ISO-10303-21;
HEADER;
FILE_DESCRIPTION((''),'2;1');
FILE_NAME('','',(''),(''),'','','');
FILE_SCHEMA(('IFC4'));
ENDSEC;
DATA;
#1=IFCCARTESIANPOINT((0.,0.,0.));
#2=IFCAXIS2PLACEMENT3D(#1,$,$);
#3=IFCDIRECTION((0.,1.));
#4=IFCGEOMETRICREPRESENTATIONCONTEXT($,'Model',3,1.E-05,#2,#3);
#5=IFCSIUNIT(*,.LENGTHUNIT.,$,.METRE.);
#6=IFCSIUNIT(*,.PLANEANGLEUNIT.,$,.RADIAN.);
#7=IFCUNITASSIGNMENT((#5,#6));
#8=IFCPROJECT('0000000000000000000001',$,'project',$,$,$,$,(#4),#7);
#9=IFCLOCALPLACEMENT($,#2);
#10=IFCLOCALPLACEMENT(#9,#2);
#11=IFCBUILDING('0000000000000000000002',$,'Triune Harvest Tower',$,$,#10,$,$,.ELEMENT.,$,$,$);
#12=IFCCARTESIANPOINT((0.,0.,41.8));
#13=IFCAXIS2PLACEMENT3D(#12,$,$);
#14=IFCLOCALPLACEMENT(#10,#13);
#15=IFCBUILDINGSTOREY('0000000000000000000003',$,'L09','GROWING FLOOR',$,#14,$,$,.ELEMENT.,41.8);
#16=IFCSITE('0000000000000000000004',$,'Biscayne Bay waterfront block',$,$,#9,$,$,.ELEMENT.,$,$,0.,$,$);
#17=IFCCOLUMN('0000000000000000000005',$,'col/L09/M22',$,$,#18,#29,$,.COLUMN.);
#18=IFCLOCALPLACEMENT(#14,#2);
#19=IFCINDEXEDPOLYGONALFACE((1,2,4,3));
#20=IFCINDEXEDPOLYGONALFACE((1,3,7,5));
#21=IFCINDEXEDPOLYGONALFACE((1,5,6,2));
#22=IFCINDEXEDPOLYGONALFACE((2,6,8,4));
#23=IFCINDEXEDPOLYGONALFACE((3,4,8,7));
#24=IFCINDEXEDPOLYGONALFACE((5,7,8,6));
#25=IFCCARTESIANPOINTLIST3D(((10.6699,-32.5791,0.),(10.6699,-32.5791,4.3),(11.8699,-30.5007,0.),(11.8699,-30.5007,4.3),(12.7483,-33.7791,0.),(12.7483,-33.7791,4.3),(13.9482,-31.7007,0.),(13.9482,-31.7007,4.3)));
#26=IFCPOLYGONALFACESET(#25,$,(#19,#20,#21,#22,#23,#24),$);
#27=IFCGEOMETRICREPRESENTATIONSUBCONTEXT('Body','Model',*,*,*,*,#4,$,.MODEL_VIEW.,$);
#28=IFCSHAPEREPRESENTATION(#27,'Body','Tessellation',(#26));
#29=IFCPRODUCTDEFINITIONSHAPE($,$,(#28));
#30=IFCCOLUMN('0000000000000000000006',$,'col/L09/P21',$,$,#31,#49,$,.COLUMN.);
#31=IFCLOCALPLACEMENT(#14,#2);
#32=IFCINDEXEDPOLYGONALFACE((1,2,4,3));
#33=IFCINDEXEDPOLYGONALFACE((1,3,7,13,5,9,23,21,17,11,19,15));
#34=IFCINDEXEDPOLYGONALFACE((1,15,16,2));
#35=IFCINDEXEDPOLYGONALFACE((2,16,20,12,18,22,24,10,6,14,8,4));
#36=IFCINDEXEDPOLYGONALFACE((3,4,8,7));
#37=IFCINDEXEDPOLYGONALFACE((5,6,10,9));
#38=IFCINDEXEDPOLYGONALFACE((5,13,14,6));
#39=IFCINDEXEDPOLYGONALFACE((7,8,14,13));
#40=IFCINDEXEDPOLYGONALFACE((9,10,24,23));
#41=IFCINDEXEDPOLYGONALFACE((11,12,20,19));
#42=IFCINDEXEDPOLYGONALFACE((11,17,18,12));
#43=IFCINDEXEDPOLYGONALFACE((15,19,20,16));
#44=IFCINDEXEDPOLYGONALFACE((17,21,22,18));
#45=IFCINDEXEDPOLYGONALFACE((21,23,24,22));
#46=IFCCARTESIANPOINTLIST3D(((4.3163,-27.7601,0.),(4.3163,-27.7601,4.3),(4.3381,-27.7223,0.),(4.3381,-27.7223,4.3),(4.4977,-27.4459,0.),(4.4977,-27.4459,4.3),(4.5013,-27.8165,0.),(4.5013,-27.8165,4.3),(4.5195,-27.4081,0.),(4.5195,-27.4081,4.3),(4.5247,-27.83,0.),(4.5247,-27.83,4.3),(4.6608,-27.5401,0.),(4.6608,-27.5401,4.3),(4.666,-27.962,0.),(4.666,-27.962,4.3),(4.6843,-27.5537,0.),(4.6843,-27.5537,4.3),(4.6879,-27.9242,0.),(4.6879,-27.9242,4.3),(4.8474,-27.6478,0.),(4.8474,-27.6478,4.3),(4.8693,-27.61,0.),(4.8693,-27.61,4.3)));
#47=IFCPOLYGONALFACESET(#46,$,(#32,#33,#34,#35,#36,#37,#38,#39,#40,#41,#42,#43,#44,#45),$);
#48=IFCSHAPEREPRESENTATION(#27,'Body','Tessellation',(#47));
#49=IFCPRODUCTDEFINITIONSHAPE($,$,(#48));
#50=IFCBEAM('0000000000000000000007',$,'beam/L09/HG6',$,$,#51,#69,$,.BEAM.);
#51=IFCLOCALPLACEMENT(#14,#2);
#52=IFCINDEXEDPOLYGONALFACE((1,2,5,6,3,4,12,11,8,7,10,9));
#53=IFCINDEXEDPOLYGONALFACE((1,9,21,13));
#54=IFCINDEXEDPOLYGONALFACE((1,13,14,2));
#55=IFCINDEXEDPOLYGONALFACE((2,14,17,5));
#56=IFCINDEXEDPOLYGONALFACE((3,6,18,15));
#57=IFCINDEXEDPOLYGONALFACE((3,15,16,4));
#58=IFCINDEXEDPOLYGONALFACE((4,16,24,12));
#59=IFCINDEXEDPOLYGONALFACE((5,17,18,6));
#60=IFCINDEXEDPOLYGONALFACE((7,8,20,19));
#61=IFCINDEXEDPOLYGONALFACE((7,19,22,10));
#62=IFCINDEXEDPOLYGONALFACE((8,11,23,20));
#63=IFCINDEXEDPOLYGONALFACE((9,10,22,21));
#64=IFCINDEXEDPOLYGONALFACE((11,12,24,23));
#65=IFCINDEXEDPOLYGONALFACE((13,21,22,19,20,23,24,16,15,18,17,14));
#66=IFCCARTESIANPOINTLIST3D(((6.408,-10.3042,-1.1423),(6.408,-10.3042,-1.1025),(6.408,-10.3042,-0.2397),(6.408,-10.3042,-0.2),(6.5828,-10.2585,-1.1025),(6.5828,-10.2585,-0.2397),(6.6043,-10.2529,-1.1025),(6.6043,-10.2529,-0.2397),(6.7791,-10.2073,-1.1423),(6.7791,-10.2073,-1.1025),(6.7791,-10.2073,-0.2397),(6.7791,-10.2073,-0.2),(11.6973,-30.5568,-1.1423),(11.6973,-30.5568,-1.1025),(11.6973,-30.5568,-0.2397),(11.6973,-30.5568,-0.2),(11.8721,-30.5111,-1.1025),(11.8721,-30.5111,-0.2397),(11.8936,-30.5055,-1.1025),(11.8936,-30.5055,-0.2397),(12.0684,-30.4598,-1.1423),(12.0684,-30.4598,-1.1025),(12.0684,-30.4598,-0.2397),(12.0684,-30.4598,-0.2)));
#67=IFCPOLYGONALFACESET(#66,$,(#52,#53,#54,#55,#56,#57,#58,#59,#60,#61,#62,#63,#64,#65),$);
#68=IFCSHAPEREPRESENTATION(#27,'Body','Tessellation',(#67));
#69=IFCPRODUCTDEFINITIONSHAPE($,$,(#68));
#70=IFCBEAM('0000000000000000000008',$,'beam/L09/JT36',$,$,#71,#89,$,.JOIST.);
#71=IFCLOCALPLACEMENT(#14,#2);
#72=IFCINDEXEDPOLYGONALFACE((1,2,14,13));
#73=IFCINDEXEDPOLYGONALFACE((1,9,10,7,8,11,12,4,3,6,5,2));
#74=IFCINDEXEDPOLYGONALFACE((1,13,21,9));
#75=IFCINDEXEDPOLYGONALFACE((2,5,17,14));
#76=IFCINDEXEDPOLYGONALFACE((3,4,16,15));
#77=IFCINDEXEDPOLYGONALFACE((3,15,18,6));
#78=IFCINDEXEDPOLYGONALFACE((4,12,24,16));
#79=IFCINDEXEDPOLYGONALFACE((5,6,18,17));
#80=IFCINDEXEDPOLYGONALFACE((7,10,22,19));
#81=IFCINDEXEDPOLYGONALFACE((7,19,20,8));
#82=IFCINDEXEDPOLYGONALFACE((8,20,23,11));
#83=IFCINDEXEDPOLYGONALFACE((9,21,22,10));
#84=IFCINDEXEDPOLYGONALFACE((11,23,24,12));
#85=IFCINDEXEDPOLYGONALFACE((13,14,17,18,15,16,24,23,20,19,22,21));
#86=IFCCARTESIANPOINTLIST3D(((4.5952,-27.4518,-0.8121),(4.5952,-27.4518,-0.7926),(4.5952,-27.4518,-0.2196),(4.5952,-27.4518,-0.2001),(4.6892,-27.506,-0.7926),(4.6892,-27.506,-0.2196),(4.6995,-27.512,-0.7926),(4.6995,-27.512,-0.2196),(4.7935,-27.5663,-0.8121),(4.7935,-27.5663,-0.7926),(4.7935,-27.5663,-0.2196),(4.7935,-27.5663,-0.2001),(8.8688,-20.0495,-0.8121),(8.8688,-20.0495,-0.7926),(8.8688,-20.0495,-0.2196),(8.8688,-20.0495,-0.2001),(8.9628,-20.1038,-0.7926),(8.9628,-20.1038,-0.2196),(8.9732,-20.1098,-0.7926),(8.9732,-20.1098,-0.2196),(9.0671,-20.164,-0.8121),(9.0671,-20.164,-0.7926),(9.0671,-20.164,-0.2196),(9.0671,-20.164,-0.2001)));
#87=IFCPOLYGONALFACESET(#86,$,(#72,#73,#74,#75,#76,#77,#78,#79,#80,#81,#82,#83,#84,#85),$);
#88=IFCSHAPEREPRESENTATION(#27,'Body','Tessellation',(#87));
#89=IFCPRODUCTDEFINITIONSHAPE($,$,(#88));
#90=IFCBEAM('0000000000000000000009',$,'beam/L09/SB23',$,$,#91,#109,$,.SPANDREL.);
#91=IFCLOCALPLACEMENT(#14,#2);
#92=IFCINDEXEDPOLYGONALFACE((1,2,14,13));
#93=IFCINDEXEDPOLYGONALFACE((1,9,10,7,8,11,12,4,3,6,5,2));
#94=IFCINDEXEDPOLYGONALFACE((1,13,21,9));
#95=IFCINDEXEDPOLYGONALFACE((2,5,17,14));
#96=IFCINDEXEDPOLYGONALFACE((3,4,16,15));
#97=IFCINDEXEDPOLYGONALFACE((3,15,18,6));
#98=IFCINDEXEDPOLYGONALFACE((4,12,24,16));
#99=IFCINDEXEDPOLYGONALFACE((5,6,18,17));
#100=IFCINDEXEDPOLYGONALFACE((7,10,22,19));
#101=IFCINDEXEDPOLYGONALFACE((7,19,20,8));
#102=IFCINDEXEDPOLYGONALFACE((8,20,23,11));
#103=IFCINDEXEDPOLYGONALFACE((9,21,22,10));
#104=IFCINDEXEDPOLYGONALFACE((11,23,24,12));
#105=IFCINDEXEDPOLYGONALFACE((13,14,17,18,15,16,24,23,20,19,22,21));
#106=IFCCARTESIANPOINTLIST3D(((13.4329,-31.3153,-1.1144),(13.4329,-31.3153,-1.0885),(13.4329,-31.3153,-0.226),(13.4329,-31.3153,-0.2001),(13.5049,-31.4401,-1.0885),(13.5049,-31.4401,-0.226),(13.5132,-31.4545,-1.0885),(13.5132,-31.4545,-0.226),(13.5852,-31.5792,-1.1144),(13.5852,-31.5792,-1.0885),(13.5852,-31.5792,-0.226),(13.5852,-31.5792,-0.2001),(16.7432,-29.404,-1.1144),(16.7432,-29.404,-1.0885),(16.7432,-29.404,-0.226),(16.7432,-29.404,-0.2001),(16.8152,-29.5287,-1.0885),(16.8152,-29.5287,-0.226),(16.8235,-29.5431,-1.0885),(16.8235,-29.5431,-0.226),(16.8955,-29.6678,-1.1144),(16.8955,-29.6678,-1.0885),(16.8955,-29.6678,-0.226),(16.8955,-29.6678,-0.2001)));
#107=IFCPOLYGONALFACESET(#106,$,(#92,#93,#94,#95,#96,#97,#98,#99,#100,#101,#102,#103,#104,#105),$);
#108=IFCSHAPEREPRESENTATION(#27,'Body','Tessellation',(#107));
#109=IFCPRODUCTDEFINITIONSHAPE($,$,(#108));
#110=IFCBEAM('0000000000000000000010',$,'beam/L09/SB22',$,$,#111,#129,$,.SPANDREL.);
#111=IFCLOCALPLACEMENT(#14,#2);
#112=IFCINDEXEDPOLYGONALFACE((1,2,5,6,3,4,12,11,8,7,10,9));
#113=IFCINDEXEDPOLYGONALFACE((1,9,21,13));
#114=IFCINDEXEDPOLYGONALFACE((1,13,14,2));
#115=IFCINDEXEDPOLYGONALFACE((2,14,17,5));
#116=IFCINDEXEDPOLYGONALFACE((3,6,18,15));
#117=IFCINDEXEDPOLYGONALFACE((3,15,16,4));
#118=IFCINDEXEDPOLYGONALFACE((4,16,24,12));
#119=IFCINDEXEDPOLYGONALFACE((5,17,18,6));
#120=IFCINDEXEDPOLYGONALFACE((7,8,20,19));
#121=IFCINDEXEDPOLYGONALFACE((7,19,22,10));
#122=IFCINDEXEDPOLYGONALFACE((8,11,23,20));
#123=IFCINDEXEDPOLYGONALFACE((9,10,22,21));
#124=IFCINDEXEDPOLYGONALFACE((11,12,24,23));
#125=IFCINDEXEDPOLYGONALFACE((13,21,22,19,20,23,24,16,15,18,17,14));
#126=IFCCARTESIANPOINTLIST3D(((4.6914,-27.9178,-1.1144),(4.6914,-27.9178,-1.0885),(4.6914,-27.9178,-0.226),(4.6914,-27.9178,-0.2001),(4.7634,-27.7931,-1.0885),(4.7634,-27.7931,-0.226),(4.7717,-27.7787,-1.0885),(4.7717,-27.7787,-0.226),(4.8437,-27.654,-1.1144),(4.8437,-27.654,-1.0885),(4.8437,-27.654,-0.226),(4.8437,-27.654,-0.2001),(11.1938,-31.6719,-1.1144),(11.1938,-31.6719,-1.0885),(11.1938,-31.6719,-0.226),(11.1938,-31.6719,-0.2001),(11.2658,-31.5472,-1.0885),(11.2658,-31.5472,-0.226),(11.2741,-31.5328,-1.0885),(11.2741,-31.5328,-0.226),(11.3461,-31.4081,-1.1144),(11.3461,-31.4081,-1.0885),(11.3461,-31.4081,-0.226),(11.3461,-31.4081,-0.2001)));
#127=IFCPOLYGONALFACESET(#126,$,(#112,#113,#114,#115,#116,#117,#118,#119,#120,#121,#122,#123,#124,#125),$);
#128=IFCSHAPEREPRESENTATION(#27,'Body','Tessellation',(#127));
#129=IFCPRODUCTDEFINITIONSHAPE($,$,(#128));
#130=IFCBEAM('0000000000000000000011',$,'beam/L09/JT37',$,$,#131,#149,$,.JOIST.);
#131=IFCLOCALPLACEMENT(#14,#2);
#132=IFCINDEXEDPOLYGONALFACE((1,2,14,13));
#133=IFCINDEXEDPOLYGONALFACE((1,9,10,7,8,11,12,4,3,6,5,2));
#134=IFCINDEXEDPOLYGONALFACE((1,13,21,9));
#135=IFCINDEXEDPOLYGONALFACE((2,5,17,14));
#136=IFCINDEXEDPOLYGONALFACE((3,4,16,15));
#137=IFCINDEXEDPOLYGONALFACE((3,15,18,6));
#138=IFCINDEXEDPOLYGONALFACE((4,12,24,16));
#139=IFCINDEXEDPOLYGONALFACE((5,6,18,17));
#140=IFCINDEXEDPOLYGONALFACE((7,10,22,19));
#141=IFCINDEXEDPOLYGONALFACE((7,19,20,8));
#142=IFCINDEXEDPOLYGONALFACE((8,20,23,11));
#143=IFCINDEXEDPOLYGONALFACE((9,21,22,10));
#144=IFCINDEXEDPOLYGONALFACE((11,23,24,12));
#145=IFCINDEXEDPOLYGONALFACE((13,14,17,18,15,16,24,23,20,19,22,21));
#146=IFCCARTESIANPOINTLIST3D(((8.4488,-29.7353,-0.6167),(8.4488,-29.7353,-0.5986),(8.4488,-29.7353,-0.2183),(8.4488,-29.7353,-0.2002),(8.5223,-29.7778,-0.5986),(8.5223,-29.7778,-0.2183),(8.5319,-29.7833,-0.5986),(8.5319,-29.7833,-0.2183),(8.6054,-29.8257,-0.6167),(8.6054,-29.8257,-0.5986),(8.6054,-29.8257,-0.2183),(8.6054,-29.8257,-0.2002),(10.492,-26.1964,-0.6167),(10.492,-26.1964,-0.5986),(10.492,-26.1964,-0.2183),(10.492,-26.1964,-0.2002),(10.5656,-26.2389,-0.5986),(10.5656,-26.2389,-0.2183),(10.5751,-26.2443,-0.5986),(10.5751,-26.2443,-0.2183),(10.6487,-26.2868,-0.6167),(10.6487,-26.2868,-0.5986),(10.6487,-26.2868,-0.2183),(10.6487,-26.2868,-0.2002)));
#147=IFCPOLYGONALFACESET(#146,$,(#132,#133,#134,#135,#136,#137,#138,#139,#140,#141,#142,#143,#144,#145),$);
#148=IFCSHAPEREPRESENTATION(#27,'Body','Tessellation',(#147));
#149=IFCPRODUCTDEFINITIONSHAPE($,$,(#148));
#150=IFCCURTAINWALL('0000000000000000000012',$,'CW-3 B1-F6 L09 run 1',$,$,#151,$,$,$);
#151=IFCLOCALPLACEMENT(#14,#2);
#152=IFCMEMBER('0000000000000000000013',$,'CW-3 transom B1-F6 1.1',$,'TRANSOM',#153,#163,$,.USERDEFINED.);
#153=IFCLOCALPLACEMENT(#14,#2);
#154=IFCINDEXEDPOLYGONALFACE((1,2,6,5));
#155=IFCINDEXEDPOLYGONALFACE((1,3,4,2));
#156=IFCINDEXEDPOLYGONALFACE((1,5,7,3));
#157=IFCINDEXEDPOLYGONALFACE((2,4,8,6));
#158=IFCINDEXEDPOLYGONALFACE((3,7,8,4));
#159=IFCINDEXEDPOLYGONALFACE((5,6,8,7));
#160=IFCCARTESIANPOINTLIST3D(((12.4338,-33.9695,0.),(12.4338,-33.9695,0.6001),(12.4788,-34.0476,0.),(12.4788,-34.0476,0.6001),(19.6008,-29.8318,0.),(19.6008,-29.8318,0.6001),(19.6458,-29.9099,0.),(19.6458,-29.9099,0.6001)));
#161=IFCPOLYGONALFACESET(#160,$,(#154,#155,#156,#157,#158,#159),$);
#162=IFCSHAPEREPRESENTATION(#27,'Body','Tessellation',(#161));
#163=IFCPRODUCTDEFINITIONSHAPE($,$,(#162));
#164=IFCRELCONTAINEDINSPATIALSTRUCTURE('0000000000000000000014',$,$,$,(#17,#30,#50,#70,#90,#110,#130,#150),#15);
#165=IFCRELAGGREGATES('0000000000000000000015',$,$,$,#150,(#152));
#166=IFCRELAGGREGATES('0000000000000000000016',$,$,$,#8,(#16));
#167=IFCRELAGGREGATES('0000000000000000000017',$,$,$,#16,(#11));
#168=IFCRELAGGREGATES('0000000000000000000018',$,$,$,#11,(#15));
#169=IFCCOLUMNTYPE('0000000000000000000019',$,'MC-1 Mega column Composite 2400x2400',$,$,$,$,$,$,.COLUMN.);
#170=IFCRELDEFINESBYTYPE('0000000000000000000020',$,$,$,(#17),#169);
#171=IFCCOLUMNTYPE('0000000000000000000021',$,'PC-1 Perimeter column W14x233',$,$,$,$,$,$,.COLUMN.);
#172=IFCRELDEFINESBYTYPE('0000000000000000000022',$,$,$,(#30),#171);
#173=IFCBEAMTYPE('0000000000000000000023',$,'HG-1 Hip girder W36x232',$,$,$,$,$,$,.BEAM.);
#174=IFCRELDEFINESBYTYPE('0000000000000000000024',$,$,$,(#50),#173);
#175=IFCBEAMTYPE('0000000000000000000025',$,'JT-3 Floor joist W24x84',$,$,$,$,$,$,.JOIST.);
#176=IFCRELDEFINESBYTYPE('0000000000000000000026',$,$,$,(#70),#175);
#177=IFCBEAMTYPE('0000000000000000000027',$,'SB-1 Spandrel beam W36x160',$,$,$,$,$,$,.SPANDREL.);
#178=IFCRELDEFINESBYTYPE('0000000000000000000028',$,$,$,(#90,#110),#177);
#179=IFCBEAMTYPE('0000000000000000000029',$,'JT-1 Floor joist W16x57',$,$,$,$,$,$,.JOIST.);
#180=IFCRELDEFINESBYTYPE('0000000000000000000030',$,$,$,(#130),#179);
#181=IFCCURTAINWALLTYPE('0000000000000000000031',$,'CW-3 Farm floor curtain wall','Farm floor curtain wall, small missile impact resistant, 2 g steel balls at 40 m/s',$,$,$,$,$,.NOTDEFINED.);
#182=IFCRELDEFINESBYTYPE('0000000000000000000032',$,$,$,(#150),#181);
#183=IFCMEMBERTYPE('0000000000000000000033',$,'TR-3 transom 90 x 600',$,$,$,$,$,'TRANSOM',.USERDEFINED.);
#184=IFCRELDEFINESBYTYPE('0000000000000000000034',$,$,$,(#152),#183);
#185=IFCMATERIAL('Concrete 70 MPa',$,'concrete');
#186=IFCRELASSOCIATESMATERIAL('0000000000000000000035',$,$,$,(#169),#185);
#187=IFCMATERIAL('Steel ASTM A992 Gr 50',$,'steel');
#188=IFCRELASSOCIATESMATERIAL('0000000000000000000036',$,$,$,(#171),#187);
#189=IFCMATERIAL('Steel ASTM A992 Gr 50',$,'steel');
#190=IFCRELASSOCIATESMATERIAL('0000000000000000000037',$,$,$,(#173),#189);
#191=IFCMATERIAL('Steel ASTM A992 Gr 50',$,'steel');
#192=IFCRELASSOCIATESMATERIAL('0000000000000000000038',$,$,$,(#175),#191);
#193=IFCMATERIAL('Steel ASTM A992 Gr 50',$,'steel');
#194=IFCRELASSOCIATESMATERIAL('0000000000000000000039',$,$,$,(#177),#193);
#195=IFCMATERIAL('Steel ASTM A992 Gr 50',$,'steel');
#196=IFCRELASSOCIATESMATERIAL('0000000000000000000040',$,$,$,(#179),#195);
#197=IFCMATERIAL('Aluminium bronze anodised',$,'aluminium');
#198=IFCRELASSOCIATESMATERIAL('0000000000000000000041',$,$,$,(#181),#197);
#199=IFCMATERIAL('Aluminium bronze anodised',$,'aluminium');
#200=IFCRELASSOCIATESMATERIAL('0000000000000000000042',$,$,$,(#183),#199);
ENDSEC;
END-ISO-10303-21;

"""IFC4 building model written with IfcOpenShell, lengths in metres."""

from ifc_helpers import new_model, si_unit, direction, frame, origin, origin_2d, place, context, subcontext, project, spatial, rectangle, i_section, extrude, source, transform, mapped, material, material_profile, profile_set, type_object, element, aggregate, save


model = new_model("IFC4")

# Units and contexts
model_context = context("Model", 3, precision=1e-05, world=origin(), true_north=direction((0.0, 1.0)))
body_context = subcontext(model_context, "Body", "Model", "MODEL_VIEW")
ifc_project = project(units=[si_unit("LENGTHUNIT", "METRE"), si_unit("PLANEANGLEUNIT", "RADIAN")], contexts=[model_context])

# Site, building, storey
site_placement = place(None, origin())
site = spatial("IfcSite", under=ifc_project, at=site_placement, Name="Biscayne Bay waterfront block", CompositionType="ELEMENT", RefElevation=0.0)
building_placement = place(site_placement, origin())
building = spatial("IfcBuilding", under=site, at=building_placement, Name="Triune Harvest Tower", CompositionType="ELEMENT")
storey_placement = place(building_placement, frame((0.0, 0.0, 41.8)))
storey = spatial("IfcBuildingStorey", under=building, at=storey_placement, Name="L09", Description="GROWING FLOOR", CompositionType="ELEMENT", Elevation=41.8)

# Columns
ifc_material_1 = material(Name="Concrete 70 MPa", Category="concrete")
ifc_material_profile_1 = material_profile(ifc_material_1, rectangle(XDim=2.3999, YDim=2.3999, at=origin_2d()), Name="Composite 2400x2400")
ifc_profile_set_1 = profile_set([ifc_material_profile_1], Name="Concrete 70 MPa")
column_type_1 = type_object("IfcColumnType", Name="MC-1 Mega column Composite 2400x2400", PredefinedType="COLUMN", material=ifc_profile_set_1)
shared_shape_1 = source(origin(), body_context, "Body", "SweptSolid", [
    extrude(rectangle(XDim=2.3999, YDim=2.3999, at=origin_2d()), origin(), (0.0, 0.0, 1.0), 4.3),
])
column_1_placement = place(storey_placement, frame((12.3091, -32.1399, 0.0), z_axis=(0.0, 0.0, 1.0), x_axis=(0.866025, -0.5, 0.0)))
element("IfcColumn", 1, at=column_1_placement, inside=storey, type_object=column_type_1, Name="col/L09/M22", PredefinedType="COLUMN", context=body_context, shape_type="MappedRepresentation", body=[
    mapped(shared_shape_1, transform((0.0, 0.0, 0.0), scale=1.0)),
])
ifc_material_2 = material(Name="Steel ASTM A992 Gr 50", Category="steel")
ifc_material_profile_2 = material_profile(ifc_material_2, i_section(OverallWidth=0.4038, OverallDepth=0.4065, WebThickness=0.0271, FlangeThickness=0.0437, at=origin_2d()), Name="W14x233")
ifc_profile_set_2 = profile_set([ifc_material_profile_2], Name="Steel ASTM A992 Gr 50")
column_type_2 = type_object("IfcColumnType", Name="PC-1 Perimeter column W14x233", PredefinedType="COLUMN", material=ifc_profile_set_2)
shared_shape_2 = source(origin(), body_context, "Body", "SweptSolid", [
    extrude(i_section(OverallWidth=0.4038, OverallDepth=0.4065, WebThickness=0.0271, FlangeThickness=0.0437, at=origin_2d()), origin(), (0.0, 0.0, 1.0), 4.3),
])
column_2_placement = place(storey_placement, frame((4.5928, -27.6851, 0.0), z_axis=(0.0, 0.0, 1.0), x_axis=(0.866025, -0.5, 0.0)))
element("IfcColumn", 2, at=column_2_placement, inside=storey, type_object=column_type_2, Name="col/L09/P21", PredefinedType="COLUMN", context=body_context, shape_type="MappedRepresentation", body=[
    mapped(shared_shape_2, transform((0.0, 0.0, 0.0), scale=1.0)),
])

# Beams
ifc_material_3 = material(Name="Steel ASTM A992 Gr 50", Category="steel")
ifc_material_profile_3 = material_profile(ifc_material_3, i_section(OverallWidth=0.3835, OverallDepth=0.9424, WebThickness=0.0222, FlangeThickness=0.0398, at=origin_2d()), Name="W36x232")
ifc_profile_set_3 = profile_set([ifc_material_profile_3], Name="Steel ASTM A992 Gr 50")
beam_type_1 = type_object("IfcBeamType", Name="HG-1 Hip girder W36x232", PredefinedType="BEAM", material=ifc_profile_set_3)
shared_shape_3 = source(origin(), body_context, "Body", "SweptSolid", [
    extrude(i_section(OverallWidth=0.3835, OverallDepth=0.9424, WebThickness=0.0222, FlangeThickness=0.0398, at=origin_2d()), origin(), (0.0, 0.0, 1.0), 20.9319),
])
beam_1_placement = place(storey_placement, frame((11.8828, -30.5083, -0.6711), z_axis=(-0.25269, 0.967547, 0.0), x_axis=(-0.967547, -0.25269, 0.0)))
element("IfcBeam", 3, at=beam_1_placement, inside=storey, type_object=beam_type_1, Name="beam/L09/HG6", PredefinedType="BEAM", context=body_context, shape_type="MappedRepresentation", body=[
    mapped(shared_shape_3, transform((0.0, 0.0, 0.0), scale=1.0)),
])
ifc_material_4 = material(Name="Steel ASTM A992 Gr 50", Category="steel")
ifc_material_profile_4 = material_profile(ifc_material_4, i_section(OverallWidth=0.229, OverallDepth=0.6121, WebThickness=0.012, FlangeThickness=0.0195, at=origin_2d()), Name="W24x84")
ifc_profile_set_4 = profile_set([ifc_material_profile_4], Name="Steel ASTM A992 Gr 50")
beam_type_2 = type_object("IfcBeamType", Name="JT-3 Floor joist W24x84", PredefinedType="JOIST", material=ifc_profile_set_4)
shared_shape_4 = source(origin(), body_context, "Body", "SweptSolid", [
    extrude(i_section(OverallWidth=0.229, OverallDepth=0.6121, WebThickness=0.012, FlangeThickness=0.0195, at=origin_2d()), origin(), (0.0, 0.0, 1.0), 8.5474),
])
beam_2_placement = place(storey_placement, frame((4.6943, -27.509, -0.5061), z_axis=(0.499994, 0.866029, 0.0), x_axis=(-0.866029, 0.499994, 0.0)))
element("IfcBeam", 4, at=beam_2_placement, inside=storey, type_object=beam_type_2, Name="beam/L09/JT36", PredefinedType="JOIST", context=body_context, shape_type="MappedRepresentation", body=[
    mapped(shared_shape_4, transform((0.0, 0.0, 0.0), scale=1.0)),
])
ifc_material_5 = material(Name="Steel ASTM A992 Gr 50", Category="steel")
ifc_material_profile_5 = material_profile(ifc_material_5, i_section(OverallWidth=0.3047, OverallDepth=0.9143, WebThickness=0.0166, FlangeThickness=0.0259, at=origin_2d()), Name="W36x160")
ifc_profile_set_5 = profile_set([ifc_material_profile_5], Name="Steel ASTM A992 Gr 50")
beam_type_3 = type_object("IfcBeamType", Name="SB-1 Spandrel beam W36x160", PredefinedType="SPANDREL", material=ifc_profile_set_5)
shared_shape_5 = source(origin(), body_context, "Body", "SweptSolid", [
    extrude(i_section(OverallWidth=0.3047, OverallDepth=0.9143, WebThickness=0.0166, FlangeThickness=0.0259, at=origin_2d()), origin(), (0.0, 0.0, 1.0), 3.8225),
])
beam_3_placement = place(storey_placement, frame((13.509, -31.4473, -0.6572), z_axis=(0.866006, 0.500034, 0.0), x_axis=(-0.500034, 0.866006, 0.0)))
element("IfcBeam", 5, at=beam_3_placement, inside=storey, type_object=beam_type_3, Name="beam/L09/SB23", PredefinedType="SPANDREL", context=body_context, shape_type="MappedRepresentation", body=[
    mapped(shared_shape_5, transform((0.0, 0.0, 0.0), scale=1.0)),
])
shared_shape_6 = source(origin(), body_context, "Body", "SweptSolid", [
    extrude(i_section(OverallWidth=0.3047, OverallDepth=0.9143, WebThickness=0.0166, FlangeThickness=0.0259, at=origin_2d()), origin(), (0.0, 0.0, 1.0), 7.5083),
])
beam_4_placement = place(storey_placement, frame((4.7676, -27.7859, -0.6572), z_axis=(0.866027, -0.499996, 0.0), x_axis=(0.499996, 0.866027, 0.0)))
element("IfcBeam", 6, at=beam_4_placement, inside=storey, type_object=beam_type_3, Name="beam/L09/SB22", PredefinedType="SPANDREL", context=body_context, shape_type="MappedRepresentation", body=[
    mapped(shared_shape_6, transform((0.0, 0.0, 0.0), scale=1.0)),
])
ifc_material_6 = material(Name="Steel ASTM A992 Gr 50", Category="steel")
ifc_material_profile_6 = material_profile(ifc_material_6, i_section(OverallWidth=0.1809, OverallDepth=0.4165, WebThickness=0.011, FlangeThickness=0.0181, at=origin_2d()), Name="W16x57")
ifc_profile_set_6 = profile_set([ifc_material_profile_6], Name="Steel ASTM A992 Gr 50")
beam_type_4 = type_object("IfcBeamType", Name="JT-1 Floor joist W16x57", PredefinedType="JOIST", material=ifc_profile_set_6)
shared_shape_7 = source(origin(), body_context, "Body", "SweptSolid", [
    extrude(i_section(OverallWidth=0.1809, OverallDepth=0.4165, WebThickness=0.011, FlangeThickness=0.0181, at=origin_2d()), origin(), (0.0, 0.0, 1.0), 4.0864),
])
beam_5_placement = place(storey_placement, frame((8.5271, -29.7805, -0.4084), z_axis=(0.500014, 0.866017, 0.0), x_axis=(-0.866017, 0.500014, 0.0)))
element("IfcBeam", 7, at=beam_5_placement, inside=storey, type_object=beam_type_4, Name="beam/L09/JT37", PredefinedType="JOIST", context=body_context, shape_type="MappedRepresentation", body=[
    mapped(shared_shape_7, transform((0.0, 0.0, 0.0), scale=1.0)),
])

# Curtain wall, member
ifc_material_7 = material(Name="Aluminium bronze anodised", Category="aluminium")
curtain_wall_type_1 = type_object("IfcCurtainWallType", Name="CW-3 Farm floor curtain wall", Description="Farm floor curtain wall, small missile impact resistant, 2 g steel balls at 40 m/s", PredefinedType="NOTDEFINED", material=ifc_material_7)
curtain_wall_1_placement = place(storey_placement, origin())
curtain_wall_1 = element("IfcCurtainWall", 8, at=curtain_wall_1_placement, inside=storey, type_object=curtain_wall_type_1, Name="CW-3 B1-F6 L09 run 1")
ifc_material_8 = material(Name="Aluminium bronze anodised", Category="aluminium")
ifc_material_profile_7 = material_profile(ifc_material_8, rectangle(XDim=0.0901, YDim=0.6001, at=origin_2d()), Name="TR-3 transom 90 x 600")
ifc_profile_set_7 = profile_set([ifc_material_profile_7], Name="Aluminium bronze anodised")
member_type_1 = type_object("IfcMemberType", Name="TR-3 transom 90 x 600", ElementType="TRANSOM", PredefinedType="USERDEFINED", material=ifc_profile_set_7)
shared_shape_8 = source(origin(), body_context, "Body", "SweptSolid", [
    extrude(rectangle(XDim=0.0901, YDim=0.6001, at=origin_2d()), origin(), (0.0, 0.0, 1.0), 8.2756),
])
member_1_placement = place(storey_placement, frame((12.4563, -34.0085, 0.3), z_axis=(0.866034, 0.499985, 0.0), x_axis=(-0.499985, 0.866034, 0.0)))
member_1 = element("IfcMember", 9, at=member_1_placement, type_object=member_type_1, Name="CW-3 transom B1-F6 1.1", ObjectType="TRANSOM", PredefinedType="USERDEFINED", context=body_context, shape_type="MappedRepresentation", body=[
    mapped(shared_shape_8, transform((0.0, 0.0, 0.0), scale=1.0)),
])

aggregate(curtain_wall_1, [member_1])

save(model, "model.ifc")
